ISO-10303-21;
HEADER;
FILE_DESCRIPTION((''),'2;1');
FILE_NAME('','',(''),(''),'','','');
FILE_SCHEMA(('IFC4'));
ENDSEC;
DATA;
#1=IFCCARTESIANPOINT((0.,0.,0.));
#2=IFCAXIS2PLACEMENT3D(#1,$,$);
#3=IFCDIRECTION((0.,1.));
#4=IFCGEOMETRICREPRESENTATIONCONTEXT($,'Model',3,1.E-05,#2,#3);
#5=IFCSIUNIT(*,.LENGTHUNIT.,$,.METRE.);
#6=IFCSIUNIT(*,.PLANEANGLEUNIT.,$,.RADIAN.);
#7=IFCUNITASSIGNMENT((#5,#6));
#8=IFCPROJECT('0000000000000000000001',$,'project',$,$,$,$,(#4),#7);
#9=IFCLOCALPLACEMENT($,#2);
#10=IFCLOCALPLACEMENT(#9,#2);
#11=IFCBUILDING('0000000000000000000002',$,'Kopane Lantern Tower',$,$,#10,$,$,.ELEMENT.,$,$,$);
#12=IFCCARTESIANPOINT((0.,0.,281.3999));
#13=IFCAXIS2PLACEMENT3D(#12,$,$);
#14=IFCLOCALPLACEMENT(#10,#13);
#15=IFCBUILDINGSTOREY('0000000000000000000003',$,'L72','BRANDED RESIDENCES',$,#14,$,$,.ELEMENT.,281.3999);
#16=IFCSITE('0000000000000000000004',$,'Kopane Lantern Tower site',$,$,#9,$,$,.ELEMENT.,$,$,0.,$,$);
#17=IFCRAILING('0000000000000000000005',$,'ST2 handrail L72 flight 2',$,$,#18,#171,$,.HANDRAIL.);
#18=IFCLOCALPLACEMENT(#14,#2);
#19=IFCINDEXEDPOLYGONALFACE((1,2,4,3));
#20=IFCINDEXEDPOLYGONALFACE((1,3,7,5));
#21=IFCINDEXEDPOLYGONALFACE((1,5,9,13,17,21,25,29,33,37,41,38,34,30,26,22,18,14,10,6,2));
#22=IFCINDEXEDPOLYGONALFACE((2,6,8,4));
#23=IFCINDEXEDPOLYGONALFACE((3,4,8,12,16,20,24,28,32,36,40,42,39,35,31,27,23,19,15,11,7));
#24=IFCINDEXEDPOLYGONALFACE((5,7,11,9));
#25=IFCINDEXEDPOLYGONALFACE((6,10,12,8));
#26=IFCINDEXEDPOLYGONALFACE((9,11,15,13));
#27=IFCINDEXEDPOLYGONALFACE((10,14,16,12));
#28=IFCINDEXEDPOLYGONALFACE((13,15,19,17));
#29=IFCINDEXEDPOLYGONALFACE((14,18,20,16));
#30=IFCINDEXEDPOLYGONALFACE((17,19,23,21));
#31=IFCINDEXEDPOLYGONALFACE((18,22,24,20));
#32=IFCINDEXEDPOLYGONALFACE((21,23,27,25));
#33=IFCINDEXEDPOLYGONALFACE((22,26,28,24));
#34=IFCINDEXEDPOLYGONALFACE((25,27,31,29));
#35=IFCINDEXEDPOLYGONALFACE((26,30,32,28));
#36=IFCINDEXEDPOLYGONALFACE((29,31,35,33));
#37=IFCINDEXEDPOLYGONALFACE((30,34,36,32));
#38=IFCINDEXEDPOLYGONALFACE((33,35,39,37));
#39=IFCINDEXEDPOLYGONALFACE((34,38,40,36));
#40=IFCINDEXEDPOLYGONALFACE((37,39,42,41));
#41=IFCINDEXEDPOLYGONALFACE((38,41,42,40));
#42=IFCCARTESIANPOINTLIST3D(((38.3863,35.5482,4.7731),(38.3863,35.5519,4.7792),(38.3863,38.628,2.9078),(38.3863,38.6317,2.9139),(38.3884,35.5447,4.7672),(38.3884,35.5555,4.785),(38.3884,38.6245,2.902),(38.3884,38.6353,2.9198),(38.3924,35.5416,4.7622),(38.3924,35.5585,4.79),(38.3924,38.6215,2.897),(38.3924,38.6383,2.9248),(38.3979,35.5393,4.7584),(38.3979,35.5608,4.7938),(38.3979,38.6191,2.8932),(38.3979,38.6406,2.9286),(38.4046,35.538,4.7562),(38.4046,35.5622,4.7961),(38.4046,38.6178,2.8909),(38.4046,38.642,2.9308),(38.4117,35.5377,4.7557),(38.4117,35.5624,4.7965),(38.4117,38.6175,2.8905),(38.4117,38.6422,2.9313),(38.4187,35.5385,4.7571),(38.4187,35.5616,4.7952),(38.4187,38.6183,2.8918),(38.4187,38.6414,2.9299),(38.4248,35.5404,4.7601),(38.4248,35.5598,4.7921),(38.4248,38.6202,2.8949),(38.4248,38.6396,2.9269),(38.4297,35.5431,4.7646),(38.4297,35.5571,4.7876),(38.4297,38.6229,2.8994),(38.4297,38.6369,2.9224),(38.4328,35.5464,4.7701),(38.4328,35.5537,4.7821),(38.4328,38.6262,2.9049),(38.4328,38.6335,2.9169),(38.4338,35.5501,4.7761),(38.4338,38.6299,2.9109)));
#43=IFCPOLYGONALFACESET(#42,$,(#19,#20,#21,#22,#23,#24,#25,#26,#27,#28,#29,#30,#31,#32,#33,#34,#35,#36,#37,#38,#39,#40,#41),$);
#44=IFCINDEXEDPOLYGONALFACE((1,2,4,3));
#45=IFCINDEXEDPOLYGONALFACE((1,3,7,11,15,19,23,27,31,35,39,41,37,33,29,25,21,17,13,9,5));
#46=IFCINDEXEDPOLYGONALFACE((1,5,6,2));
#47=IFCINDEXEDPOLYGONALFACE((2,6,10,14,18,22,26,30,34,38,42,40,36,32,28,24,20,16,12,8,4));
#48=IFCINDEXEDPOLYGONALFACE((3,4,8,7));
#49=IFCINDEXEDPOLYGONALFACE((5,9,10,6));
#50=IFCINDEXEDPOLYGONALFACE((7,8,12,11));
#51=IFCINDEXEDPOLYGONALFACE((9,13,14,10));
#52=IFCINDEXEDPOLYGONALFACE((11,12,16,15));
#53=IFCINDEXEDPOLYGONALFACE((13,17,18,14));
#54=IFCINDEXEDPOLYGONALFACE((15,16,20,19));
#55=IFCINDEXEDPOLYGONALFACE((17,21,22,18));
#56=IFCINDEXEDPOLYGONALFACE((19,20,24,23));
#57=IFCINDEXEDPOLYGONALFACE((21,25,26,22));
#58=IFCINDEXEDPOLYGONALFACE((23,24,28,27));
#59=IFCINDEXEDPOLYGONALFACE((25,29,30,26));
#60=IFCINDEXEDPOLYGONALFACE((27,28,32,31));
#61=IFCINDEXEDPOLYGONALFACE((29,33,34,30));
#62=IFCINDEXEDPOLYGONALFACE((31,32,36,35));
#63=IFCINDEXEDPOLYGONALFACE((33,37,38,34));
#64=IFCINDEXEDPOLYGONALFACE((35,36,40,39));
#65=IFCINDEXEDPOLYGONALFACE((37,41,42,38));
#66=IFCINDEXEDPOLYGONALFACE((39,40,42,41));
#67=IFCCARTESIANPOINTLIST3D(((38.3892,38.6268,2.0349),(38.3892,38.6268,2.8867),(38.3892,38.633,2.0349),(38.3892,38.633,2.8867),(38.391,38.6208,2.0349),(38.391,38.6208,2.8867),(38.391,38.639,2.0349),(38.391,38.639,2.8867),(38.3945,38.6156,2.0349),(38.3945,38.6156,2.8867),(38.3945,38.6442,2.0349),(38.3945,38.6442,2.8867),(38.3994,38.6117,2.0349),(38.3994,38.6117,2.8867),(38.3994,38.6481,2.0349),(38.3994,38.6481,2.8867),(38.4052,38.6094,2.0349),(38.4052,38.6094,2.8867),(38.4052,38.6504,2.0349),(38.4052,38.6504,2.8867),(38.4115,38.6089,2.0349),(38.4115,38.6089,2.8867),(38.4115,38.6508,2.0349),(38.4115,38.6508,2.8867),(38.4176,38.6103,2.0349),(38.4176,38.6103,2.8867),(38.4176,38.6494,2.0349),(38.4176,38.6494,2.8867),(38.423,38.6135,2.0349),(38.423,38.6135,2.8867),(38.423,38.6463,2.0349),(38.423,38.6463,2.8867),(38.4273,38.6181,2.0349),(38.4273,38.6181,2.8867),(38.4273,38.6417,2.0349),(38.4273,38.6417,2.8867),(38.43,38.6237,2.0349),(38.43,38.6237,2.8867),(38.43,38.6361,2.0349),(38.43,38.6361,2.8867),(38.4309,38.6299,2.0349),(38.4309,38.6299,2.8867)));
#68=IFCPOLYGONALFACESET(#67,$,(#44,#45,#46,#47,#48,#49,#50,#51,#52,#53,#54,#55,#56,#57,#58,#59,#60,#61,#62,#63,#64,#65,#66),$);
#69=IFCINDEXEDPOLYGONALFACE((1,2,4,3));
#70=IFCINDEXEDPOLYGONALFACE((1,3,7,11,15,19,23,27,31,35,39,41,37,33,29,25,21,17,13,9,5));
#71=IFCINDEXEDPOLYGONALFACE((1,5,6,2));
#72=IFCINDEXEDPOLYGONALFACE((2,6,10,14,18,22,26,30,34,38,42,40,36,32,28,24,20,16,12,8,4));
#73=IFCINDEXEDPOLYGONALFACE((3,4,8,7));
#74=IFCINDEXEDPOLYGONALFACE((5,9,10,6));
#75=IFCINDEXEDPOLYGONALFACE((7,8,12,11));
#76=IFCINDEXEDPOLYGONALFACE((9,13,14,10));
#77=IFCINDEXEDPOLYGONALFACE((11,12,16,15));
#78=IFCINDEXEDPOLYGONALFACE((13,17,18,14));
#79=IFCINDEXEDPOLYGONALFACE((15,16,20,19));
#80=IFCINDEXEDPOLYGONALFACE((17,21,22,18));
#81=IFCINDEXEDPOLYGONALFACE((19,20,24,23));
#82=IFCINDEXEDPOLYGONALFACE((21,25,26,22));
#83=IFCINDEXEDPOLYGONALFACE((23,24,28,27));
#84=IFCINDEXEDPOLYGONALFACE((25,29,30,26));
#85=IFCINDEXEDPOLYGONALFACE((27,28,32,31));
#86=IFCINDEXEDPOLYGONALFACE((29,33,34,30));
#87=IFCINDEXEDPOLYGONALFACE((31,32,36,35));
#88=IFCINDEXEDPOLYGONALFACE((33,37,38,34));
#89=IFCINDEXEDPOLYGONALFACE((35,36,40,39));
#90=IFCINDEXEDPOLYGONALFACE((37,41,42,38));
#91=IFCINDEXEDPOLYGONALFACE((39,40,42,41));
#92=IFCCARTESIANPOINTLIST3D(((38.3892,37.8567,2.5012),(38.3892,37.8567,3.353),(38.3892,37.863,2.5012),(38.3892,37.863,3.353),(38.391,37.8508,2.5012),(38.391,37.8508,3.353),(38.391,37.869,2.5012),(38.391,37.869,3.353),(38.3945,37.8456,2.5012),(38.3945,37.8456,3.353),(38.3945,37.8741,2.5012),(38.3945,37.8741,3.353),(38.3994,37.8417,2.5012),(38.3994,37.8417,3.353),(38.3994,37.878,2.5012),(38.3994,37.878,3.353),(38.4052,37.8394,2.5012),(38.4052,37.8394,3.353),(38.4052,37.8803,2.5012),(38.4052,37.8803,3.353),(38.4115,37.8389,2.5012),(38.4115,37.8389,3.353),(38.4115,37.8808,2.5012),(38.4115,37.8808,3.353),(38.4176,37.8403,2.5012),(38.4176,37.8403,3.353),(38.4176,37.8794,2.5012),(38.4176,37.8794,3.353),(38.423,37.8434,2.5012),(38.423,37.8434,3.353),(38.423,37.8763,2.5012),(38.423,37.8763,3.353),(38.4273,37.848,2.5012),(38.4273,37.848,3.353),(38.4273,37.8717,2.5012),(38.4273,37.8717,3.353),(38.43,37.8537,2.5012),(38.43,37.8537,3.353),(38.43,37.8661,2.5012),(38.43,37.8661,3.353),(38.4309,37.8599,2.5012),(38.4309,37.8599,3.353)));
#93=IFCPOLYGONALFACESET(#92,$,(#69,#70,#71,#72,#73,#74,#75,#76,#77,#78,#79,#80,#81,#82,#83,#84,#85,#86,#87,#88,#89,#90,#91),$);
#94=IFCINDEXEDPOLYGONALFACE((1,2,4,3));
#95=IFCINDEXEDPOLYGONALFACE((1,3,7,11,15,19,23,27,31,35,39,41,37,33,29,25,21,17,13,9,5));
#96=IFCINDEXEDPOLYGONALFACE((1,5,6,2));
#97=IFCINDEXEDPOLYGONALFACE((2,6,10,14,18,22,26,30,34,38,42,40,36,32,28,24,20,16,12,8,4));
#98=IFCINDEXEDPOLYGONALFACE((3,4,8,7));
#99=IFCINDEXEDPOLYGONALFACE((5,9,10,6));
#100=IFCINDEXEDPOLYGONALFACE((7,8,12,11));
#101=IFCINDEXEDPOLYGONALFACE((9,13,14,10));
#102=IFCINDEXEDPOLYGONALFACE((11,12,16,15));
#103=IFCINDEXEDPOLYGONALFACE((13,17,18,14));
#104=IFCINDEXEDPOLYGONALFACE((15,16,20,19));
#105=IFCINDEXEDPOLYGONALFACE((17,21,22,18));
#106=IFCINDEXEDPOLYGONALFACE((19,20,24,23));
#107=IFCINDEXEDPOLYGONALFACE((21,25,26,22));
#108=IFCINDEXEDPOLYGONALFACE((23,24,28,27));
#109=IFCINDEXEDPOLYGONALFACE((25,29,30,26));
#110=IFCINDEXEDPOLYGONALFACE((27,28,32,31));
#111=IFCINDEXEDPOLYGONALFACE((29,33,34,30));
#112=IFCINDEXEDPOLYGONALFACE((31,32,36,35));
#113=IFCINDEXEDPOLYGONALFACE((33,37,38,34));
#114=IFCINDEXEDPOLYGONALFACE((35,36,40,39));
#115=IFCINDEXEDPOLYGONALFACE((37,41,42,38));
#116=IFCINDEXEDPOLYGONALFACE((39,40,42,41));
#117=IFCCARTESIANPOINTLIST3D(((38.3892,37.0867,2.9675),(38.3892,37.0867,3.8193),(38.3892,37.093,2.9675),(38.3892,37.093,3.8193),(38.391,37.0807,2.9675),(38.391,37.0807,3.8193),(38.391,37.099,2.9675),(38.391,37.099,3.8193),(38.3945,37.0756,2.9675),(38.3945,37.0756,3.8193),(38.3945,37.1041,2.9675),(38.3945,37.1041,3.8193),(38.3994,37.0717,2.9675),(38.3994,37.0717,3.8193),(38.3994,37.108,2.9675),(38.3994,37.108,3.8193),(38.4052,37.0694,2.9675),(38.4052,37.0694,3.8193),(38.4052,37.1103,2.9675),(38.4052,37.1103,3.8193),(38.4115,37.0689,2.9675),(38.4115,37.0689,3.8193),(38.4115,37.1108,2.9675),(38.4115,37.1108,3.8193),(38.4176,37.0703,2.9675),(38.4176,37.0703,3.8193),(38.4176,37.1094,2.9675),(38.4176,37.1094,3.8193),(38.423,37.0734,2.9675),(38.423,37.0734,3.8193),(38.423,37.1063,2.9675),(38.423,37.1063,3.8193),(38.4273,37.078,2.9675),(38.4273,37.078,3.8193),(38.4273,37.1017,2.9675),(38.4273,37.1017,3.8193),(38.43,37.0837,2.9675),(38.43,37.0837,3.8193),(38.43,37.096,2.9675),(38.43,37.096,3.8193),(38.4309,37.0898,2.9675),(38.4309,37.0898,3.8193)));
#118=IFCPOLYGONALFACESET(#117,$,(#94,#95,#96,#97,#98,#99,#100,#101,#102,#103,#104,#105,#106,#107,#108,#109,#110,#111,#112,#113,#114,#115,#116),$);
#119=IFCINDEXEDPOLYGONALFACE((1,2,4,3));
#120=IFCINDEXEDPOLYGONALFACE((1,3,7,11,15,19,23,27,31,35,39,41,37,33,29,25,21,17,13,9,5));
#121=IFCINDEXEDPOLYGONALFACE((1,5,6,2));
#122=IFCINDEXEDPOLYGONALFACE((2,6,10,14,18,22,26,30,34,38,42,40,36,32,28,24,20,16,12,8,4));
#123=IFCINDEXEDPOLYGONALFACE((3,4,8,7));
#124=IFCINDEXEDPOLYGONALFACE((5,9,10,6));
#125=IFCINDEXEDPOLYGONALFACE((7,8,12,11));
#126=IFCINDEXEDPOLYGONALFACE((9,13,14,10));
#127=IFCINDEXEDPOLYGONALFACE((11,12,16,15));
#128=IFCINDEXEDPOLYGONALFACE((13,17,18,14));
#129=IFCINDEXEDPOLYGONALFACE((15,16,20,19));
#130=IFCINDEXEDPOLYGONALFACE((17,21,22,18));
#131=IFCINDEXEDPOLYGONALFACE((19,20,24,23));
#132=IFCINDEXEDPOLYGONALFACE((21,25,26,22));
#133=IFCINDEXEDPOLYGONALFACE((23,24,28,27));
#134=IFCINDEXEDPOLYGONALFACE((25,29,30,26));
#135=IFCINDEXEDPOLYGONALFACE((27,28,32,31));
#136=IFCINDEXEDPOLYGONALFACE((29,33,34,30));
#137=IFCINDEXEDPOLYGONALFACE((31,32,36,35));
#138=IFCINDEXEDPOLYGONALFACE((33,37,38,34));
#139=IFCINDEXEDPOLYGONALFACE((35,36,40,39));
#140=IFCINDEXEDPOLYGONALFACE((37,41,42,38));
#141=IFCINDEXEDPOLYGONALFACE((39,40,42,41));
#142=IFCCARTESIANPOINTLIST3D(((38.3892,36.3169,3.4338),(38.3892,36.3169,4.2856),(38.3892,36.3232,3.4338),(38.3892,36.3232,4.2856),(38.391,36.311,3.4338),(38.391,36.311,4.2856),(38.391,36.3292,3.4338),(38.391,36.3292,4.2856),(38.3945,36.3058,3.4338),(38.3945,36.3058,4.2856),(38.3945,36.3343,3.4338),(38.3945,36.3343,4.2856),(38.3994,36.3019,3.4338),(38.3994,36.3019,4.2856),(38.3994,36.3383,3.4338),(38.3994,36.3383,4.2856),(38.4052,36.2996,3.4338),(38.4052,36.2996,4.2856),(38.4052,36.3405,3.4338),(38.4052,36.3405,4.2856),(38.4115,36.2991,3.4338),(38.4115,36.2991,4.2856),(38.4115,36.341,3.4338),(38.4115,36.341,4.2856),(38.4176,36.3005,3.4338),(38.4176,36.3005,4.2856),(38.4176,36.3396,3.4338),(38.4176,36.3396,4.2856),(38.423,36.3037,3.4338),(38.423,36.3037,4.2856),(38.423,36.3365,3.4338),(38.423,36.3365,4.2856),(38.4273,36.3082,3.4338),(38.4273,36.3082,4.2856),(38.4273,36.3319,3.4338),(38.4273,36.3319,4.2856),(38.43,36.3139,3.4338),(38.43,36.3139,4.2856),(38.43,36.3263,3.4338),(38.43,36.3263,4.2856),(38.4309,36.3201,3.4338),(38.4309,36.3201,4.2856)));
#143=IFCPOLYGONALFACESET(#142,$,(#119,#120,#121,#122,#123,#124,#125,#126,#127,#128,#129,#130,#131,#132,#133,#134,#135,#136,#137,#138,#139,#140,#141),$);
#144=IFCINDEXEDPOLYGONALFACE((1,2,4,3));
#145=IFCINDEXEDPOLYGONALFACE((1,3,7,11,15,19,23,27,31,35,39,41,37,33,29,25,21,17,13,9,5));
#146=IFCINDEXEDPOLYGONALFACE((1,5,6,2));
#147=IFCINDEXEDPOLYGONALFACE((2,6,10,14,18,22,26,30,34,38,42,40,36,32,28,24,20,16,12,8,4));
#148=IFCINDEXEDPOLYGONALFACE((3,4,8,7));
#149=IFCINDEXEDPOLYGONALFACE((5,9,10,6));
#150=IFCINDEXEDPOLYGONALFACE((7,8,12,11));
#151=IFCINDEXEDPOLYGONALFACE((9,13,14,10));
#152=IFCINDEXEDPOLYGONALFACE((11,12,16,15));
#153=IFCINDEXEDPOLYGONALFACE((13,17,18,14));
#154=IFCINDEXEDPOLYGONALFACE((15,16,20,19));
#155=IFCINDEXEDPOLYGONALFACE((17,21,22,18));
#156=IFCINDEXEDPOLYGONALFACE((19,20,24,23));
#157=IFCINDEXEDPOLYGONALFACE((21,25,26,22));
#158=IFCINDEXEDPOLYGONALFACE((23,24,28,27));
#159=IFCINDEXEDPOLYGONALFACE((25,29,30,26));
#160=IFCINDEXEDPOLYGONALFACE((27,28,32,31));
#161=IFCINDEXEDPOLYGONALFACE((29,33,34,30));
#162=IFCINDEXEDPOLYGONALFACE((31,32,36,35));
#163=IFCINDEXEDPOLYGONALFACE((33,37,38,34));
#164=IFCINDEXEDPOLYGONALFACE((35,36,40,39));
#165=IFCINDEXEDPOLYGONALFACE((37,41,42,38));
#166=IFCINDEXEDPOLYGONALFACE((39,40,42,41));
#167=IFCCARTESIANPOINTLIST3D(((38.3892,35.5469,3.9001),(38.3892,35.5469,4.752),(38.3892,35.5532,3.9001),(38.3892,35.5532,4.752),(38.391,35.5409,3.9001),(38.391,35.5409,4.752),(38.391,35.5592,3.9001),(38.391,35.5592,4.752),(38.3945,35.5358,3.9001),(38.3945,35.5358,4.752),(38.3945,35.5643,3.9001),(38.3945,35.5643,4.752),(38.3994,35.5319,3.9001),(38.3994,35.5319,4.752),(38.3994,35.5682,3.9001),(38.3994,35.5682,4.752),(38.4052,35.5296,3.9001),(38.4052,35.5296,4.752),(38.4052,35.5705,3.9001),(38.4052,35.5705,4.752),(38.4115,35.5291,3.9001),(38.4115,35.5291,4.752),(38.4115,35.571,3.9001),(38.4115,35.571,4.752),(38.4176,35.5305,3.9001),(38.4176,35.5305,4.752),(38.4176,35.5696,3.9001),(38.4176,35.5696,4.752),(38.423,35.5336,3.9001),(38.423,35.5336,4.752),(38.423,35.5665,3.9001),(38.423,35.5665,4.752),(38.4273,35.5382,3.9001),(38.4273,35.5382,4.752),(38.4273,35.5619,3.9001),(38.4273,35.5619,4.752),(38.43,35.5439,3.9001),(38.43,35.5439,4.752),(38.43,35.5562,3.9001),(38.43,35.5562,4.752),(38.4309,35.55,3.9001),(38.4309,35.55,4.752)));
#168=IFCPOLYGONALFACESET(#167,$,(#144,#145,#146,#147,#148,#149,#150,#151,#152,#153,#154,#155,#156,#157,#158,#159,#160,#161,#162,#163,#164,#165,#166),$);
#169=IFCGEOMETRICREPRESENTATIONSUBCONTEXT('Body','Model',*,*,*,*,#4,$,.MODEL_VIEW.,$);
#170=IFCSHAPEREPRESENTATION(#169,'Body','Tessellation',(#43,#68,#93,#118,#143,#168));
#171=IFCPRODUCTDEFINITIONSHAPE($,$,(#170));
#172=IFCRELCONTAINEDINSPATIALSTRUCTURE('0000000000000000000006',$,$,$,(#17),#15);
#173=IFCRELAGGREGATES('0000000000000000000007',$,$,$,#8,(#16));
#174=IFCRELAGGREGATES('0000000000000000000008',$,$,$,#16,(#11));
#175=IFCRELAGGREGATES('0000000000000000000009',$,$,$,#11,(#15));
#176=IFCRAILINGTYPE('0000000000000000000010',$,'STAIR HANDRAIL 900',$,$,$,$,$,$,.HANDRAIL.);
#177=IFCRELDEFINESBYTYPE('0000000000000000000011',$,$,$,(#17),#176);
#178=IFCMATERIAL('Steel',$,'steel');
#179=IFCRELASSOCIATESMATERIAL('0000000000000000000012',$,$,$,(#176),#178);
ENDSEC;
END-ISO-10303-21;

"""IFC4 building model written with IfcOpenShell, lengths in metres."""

from ifc_helpers import new_model, si_unit, direction, frame, origin, origin_2d, place, context, subcontext, project, spatial, circle, extrude, material, type_object, element, save


model = new_model("IFC4")

# Units and contexts
model_context = context("Model", 3, precision=1e-05, world=origin(), true_north=direction((0.0, 1.0)))
body_context = subcontext(model_context, "Body", "Model", "MODEL_VIEW")
ifc_project = project(units=[si_unit("LENGTHUNIT", "METRE"), si_unit("PLANEANGLEUNIT", "RADIAN")], contexts=[model_context])

# Site, building, storey
site_placement = place(None, origin())
site = spatial("IfcSite", under=ifc_project, at=site_placement, Name="Kopane Lantern Tower site", CompositionType="ELEMENT", RefElevation=0.0)
building_placement = place(site_placement, origin())
building = spatial("IfcBuilding", under=site, at=building_placement, Name="Kopane Lantern Tower", CompositionType="ELEMENT")
storey_placement = place(building_placement, frame((0.0, 0.0, 281.3999)))
storey = spatial("IfcBuildingStorey", under=building, at=storey_placement, Name="L72", Description="BRANDED RESIDENCES", CompositionType="ELEMENT", Elevation=281.3999)

# Railing
ifc_material_1 = material(Name="Steel", Category="steel")
railing_type = type_object("IfcRailingType", Name="STAIR HANDRAIL 900", PredefinedType="HANDRAIL", material=ifc_material_1)
for number, where, name in (
    (1, (38.4099, 38.6299, 2.0349), "ST2 handrail L72 flight 2"),
):
    element("IfcRailing", number, at=place(storey_placement, frame(where)), inside=storey, type_object=railing_type, Name=name, PredefinedType="HANDRAIL", context=body_context, shape_type="SweptSolid", body=[
        extrude(circle(Radius=0.0239, at=origin_2d()), frame((0.0, 0.0, 0.876), z_axis=(0.0, -0.855362, 0.518031), x_axis=(1.0, 0.0, 0.0)), (0.0, 0.0, 1.0), 3.6006),
        extrude(circle(Radius=0.021, at=origin_2d()), origin(), (0.0, 0.0, 1.0), 0.8518),
        extrude(circle(Radius=0.021, at=origin_2d()), frame((0.0, -0.77, 0.4663)), (0.0, 0.0, 1.0), 0.8518),
        extrude(circle(Radius=0.021, at=origin_2d()), frame((0.0, -1.54, 0.9326)), (0.0, 0.0, 1.0), 0.8518),
        extrude(circle(Radius=0.021, at=origin_2d()), frame((0.0, -2.3098, 1.3989)), (0.0, 0.0, 1.0), 0.8518),
        extrude(circle(Radius=0.021, at=origin_2d()), frame((0.0, -3.0798, 1.8652)), (0.0, 0.0, 1.0), 0.8518),
    ])

save(model, "model.ifc")
